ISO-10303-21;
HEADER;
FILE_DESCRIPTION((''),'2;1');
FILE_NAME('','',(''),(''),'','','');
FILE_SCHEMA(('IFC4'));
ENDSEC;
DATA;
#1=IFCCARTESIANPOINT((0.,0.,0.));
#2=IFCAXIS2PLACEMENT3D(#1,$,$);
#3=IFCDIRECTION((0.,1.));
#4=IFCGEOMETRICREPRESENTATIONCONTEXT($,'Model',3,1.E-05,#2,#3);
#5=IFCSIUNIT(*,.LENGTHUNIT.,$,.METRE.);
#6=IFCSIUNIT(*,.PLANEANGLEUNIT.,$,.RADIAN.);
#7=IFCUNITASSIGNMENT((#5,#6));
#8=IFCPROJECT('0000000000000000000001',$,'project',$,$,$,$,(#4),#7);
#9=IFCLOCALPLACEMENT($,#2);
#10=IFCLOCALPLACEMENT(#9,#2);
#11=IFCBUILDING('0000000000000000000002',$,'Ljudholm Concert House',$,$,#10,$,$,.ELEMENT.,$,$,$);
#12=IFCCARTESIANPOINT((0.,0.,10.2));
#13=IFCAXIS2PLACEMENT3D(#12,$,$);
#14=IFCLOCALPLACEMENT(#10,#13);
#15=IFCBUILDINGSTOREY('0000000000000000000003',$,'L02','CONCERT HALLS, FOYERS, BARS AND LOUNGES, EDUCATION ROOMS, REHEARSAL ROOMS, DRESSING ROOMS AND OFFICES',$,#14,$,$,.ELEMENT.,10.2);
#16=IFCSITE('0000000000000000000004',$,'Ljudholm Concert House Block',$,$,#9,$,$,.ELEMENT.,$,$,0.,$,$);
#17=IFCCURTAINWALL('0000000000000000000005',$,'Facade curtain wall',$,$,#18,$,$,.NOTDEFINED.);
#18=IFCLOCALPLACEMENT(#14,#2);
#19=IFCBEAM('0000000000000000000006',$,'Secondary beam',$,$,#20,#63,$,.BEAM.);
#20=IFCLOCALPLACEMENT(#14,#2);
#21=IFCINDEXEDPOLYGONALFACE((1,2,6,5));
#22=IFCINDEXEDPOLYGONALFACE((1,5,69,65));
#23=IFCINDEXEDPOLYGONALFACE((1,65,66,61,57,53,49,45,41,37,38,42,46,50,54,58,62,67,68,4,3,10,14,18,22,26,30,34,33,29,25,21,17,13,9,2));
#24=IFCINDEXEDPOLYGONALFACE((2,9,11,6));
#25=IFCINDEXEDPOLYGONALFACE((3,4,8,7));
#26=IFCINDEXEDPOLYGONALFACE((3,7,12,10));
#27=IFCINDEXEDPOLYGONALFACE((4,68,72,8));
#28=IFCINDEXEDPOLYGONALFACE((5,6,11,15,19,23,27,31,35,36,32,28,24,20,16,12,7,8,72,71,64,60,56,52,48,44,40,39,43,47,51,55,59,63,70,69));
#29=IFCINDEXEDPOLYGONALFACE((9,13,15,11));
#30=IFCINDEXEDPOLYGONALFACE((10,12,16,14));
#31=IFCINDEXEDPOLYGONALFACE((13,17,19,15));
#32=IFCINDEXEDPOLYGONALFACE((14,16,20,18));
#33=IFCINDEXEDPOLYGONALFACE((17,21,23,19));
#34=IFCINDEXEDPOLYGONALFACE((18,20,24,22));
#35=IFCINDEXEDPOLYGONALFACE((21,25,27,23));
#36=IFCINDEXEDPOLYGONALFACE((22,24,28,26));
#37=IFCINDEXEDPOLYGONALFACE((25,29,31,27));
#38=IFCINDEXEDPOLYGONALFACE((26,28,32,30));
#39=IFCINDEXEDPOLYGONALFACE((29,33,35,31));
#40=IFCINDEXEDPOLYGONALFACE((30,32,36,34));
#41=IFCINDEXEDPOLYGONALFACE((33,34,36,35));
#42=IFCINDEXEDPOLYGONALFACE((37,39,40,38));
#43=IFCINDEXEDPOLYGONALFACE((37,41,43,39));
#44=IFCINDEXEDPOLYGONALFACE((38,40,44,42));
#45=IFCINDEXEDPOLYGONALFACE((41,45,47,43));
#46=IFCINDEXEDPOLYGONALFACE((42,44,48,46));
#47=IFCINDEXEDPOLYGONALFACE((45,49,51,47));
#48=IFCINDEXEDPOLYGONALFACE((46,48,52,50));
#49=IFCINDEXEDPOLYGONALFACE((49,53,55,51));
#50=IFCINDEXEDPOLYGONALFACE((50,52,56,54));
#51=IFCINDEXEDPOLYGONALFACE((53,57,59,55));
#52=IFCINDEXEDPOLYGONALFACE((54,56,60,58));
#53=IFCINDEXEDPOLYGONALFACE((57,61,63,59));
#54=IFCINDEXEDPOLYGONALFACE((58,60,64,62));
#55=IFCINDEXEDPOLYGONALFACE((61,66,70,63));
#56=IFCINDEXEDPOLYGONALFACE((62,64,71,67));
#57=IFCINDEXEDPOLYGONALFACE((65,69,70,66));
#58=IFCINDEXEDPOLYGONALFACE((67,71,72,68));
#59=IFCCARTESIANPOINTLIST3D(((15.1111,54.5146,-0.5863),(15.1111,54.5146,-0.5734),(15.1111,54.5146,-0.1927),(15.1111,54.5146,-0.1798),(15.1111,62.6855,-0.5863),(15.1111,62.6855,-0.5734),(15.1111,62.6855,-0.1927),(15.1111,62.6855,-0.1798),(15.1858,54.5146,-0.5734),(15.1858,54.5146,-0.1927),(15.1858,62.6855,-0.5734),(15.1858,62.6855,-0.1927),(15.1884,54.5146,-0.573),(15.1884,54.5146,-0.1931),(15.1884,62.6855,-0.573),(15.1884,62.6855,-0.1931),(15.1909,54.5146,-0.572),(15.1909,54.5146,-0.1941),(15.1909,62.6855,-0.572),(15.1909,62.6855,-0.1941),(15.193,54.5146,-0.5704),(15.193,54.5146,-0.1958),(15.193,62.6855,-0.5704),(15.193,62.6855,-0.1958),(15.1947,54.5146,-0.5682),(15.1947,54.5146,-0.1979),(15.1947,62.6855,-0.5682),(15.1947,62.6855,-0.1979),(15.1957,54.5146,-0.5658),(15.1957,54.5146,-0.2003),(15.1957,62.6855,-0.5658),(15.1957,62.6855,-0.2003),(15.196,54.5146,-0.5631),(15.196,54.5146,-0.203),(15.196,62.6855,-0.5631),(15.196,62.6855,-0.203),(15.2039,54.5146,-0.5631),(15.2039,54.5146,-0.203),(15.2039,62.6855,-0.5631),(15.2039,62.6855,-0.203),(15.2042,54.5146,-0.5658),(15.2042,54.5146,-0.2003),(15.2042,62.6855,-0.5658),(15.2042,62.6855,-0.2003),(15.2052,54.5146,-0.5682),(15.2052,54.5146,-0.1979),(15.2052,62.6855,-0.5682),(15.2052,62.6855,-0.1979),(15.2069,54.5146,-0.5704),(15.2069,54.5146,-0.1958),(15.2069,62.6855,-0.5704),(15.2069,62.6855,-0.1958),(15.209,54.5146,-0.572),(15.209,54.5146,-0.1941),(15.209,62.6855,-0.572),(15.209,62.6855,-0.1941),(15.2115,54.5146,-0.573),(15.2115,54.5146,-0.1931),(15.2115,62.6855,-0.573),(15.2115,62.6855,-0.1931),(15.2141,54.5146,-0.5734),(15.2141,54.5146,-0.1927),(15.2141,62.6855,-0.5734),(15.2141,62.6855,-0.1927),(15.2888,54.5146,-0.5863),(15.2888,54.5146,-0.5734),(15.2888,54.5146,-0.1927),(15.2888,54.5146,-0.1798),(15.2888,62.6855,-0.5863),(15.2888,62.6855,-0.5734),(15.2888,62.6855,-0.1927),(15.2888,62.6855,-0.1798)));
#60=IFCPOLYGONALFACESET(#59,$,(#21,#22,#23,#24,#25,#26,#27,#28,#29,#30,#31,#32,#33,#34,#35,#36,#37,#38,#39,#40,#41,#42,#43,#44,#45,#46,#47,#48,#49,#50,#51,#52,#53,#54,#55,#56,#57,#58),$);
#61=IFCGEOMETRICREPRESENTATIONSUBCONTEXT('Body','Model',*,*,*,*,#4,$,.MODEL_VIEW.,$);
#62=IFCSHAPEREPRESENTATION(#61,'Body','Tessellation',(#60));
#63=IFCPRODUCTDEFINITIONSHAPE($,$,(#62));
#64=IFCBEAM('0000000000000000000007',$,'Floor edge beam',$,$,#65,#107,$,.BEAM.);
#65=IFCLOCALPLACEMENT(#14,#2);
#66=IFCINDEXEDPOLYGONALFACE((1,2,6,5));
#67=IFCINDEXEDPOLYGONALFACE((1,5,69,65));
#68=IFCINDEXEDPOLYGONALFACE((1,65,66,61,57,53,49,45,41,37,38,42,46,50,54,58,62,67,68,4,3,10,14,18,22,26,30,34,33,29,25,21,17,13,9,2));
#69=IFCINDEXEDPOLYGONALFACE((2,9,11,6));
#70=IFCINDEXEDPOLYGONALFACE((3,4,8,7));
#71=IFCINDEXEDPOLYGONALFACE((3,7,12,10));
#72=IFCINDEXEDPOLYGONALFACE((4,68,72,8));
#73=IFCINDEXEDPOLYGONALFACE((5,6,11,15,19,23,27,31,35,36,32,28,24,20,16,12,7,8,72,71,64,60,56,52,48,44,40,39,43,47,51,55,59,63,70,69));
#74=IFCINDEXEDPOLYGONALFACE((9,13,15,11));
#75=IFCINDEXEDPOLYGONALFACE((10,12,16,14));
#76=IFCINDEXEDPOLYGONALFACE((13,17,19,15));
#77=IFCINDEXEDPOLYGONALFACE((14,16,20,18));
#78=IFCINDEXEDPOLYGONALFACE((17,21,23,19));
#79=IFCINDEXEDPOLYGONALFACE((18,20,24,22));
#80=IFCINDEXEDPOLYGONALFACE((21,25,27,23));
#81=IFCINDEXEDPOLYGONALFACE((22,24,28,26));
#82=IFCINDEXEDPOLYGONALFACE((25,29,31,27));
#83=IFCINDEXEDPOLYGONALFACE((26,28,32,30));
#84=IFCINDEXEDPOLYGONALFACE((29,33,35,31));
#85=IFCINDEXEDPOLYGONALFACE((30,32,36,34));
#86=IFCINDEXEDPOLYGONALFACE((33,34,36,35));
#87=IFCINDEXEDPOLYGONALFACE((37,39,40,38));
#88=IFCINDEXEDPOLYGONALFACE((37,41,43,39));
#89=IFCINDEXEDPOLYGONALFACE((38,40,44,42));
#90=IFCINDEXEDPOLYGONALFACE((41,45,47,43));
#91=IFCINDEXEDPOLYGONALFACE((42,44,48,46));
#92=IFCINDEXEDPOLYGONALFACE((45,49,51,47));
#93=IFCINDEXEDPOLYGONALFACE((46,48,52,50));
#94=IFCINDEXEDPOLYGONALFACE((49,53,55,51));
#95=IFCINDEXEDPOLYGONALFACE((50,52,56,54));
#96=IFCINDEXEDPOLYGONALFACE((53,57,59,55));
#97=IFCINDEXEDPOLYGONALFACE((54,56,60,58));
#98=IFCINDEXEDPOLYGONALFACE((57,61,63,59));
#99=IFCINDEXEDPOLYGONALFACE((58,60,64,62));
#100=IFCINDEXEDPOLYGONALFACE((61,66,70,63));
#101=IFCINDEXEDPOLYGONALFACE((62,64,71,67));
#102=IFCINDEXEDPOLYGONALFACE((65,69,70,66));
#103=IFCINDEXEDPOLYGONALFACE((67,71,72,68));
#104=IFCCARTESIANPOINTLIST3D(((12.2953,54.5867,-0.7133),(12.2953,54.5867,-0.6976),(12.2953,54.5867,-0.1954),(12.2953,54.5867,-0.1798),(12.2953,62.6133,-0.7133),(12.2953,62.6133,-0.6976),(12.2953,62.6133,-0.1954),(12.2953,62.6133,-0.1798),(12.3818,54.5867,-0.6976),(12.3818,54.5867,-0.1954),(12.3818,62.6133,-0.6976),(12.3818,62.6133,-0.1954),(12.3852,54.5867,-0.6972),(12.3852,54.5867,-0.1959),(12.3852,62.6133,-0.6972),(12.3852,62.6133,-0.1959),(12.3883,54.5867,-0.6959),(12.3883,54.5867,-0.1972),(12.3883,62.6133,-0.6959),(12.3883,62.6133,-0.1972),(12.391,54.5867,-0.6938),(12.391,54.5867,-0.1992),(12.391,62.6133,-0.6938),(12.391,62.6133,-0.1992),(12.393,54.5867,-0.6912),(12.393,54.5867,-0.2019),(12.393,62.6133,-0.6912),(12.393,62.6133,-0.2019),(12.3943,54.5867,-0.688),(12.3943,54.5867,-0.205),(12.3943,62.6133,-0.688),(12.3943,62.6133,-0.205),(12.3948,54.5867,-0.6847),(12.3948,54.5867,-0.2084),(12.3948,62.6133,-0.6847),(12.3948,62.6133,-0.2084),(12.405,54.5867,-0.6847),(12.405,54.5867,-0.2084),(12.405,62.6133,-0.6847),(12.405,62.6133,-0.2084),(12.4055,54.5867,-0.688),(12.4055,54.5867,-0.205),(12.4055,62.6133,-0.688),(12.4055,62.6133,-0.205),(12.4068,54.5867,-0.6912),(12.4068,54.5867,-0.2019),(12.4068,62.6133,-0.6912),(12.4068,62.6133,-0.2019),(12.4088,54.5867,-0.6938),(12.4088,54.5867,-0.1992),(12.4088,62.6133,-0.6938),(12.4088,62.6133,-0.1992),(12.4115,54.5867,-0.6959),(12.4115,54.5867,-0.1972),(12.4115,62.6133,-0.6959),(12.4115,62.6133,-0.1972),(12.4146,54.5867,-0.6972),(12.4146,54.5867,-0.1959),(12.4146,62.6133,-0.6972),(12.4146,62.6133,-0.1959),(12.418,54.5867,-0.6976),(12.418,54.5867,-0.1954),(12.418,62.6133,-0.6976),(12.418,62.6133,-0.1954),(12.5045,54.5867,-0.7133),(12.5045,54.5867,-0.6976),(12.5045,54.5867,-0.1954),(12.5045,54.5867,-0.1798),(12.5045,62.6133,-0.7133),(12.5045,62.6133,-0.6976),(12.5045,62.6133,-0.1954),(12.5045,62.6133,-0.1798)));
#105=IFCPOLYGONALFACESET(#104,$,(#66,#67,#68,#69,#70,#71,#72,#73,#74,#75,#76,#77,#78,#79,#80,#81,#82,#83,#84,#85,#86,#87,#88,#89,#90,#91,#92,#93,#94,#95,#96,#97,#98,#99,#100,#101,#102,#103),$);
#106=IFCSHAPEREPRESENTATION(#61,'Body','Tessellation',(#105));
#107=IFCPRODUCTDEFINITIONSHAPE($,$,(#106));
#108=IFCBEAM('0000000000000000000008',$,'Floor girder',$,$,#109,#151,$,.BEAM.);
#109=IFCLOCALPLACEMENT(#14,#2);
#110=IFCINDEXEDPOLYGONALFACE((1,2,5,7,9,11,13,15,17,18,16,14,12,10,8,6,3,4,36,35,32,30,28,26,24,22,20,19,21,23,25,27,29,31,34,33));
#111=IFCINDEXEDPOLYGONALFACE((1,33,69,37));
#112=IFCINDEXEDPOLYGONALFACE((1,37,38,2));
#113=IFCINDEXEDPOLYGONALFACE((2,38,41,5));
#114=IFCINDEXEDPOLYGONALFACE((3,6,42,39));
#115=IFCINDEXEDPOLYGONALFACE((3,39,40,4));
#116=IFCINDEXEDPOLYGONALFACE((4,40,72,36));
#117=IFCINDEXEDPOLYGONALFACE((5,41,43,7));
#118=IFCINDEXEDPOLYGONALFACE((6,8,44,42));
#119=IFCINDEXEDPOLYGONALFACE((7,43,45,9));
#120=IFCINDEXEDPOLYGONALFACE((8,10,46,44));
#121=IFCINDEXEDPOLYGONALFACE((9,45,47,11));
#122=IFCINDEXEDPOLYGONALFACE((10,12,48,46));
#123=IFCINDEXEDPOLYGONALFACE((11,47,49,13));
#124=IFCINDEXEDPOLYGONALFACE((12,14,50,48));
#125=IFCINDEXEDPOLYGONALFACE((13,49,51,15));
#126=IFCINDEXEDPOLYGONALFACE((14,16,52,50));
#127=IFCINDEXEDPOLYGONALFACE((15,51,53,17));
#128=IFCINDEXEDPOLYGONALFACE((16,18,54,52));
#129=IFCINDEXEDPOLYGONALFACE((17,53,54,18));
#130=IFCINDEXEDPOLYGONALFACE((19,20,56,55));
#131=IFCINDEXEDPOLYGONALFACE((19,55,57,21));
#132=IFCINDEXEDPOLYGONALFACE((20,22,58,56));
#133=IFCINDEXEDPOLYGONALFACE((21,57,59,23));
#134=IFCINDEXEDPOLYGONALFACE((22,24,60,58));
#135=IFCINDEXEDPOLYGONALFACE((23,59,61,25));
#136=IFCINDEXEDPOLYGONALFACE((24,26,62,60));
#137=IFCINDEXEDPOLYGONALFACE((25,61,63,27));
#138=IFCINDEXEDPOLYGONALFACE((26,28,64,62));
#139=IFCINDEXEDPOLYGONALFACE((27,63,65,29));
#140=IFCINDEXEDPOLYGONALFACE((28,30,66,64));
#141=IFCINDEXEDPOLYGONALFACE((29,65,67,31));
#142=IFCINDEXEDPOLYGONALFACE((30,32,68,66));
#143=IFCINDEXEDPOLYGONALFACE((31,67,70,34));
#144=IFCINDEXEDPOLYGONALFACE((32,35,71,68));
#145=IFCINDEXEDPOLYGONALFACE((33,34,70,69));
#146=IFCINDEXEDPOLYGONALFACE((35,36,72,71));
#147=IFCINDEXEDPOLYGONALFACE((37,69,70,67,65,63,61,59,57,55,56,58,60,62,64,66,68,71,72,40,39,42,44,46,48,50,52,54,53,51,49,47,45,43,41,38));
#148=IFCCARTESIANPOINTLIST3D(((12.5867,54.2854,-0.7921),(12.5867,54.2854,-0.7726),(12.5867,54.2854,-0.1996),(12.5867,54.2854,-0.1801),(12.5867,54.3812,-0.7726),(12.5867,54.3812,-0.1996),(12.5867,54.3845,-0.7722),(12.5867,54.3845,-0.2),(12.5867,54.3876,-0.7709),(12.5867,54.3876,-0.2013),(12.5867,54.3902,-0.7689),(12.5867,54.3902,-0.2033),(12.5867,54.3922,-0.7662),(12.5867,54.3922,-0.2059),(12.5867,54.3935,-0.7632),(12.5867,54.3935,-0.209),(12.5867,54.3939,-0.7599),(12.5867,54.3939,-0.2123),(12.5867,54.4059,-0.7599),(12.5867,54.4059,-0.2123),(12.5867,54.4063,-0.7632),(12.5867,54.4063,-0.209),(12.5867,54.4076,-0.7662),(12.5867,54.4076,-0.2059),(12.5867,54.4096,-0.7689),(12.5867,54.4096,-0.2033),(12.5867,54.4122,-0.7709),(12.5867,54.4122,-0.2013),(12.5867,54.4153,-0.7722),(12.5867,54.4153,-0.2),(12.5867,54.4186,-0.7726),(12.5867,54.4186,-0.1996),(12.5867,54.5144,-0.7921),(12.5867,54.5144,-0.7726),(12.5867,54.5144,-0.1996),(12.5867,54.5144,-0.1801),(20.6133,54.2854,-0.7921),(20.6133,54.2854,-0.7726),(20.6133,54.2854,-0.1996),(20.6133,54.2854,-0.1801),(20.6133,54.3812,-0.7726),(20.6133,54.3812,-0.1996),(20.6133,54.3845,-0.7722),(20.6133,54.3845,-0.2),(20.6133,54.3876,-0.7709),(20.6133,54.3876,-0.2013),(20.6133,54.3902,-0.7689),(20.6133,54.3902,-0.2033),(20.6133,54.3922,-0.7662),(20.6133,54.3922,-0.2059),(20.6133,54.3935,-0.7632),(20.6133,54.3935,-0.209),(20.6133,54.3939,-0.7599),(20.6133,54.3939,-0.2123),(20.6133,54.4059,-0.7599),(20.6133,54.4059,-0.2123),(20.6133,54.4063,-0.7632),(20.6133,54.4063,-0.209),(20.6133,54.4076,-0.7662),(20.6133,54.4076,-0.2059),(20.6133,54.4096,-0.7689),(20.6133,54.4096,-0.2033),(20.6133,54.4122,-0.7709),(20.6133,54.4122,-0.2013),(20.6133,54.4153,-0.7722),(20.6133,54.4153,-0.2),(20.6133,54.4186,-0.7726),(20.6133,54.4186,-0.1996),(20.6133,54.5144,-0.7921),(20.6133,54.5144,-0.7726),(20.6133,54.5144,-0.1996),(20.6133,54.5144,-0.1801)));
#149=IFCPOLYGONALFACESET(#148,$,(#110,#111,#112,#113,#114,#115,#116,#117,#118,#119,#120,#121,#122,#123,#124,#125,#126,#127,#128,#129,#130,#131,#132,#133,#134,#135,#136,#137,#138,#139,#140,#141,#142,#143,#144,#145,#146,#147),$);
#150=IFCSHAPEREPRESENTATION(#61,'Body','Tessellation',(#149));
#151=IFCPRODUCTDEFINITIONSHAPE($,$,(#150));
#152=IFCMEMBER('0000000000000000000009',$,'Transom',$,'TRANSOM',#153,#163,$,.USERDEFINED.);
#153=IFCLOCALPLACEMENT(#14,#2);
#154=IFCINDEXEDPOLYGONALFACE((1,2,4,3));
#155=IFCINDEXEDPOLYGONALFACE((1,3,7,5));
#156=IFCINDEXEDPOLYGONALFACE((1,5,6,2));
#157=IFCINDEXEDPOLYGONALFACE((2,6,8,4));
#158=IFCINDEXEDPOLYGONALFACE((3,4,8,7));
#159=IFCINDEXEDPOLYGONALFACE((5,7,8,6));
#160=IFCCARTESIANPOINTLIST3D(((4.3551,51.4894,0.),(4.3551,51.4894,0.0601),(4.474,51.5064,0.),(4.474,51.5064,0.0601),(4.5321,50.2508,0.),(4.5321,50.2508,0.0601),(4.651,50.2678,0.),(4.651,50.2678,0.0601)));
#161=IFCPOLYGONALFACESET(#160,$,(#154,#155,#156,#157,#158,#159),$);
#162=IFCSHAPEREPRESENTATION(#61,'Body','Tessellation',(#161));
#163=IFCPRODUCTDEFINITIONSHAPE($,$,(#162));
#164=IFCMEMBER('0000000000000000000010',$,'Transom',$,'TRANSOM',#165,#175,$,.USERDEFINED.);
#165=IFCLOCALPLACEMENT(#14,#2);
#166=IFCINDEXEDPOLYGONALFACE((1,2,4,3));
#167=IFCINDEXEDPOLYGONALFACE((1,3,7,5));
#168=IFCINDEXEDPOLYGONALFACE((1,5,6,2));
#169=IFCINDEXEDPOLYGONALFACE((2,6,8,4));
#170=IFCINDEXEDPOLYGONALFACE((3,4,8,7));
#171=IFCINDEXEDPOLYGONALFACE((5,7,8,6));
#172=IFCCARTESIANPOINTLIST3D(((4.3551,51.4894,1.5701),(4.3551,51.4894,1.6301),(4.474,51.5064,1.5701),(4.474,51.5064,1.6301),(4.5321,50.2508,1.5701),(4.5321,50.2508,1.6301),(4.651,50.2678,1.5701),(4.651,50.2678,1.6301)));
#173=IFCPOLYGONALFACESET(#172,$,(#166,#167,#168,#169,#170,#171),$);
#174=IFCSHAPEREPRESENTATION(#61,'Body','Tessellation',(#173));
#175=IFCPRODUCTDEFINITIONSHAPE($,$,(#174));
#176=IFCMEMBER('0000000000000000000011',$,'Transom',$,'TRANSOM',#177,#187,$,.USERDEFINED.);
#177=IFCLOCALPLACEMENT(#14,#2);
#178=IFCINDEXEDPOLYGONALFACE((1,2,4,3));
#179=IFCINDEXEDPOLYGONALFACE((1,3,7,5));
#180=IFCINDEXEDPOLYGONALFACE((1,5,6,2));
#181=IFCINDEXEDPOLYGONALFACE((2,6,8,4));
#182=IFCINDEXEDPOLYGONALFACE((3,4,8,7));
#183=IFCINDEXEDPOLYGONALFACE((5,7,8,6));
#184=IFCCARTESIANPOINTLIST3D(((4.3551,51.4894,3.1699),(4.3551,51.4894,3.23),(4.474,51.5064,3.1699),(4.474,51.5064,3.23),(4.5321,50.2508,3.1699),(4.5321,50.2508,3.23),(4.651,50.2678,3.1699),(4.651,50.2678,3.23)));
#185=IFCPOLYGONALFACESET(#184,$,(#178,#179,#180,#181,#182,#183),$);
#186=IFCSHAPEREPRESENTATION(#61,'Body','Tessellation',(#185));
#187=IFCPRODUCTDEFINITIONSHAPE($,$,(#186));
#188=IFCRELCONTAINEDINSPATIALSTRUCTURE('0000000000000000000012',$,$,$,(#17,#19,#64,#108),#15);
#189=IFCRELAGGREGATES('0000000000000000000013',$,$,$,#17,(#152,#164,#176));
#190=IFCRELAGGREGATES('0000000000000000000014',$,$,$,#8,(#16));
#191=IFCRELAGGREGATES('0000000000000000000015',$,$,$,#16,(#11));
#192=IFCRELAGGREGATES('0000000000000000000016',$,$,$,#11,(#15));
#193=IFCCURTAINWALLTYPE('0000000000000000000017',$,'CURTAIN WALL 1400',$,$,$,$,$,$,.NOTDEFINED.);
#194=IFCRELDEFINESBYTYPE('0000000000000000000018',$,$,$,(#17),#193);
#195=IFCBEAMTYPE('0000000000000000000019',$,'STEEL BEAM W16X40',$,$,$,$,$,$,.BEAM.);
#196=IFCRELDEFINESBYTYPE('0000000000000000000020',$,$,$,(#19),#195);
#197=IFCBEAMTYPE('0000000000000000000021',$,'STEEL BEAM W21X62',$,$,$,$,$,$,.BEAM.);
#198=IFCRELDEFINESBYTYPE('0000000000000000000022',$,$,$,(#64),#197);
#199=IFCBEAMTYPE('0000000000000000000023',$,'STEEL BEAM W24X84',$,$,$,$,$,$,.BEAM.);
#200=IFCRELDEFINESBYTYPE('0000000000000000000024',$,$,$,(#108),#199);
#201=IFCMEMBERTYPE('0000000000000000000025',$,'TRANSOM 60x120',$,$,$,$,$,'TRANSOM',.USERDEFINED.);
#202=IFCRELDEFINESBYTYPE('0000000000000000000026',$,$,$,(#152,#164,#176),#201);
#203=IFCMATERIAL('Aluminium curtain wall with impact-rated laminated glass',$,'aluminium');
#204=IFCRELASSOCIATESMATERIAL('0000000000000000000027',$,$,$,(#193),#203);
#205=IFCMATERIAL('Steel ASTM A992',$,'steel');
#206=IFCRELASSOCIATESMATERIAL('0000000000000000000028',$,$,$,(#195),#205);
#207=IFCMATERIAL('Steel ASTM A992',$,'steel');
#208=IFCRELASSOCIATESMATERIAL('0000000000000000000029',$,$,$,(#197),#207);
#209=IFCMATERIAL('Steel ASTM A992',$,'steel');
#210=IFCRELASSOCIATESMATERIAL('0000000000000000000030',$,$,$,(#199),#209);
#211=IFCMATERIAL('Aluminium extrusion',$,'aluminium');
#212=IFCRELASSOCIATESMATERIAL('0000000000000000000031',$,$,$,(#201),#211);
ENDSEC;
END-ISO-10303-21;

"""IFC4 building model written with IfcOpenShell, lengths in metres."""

from ifc_helpers import new_model, si_unit, direction, frame, origin, origin_2d, place, context, subcontext, project, spatial, rectangle, i_section, extrude, material, material_profile, profile_set, type_object, element, aggregate, save


model = new_model("IFC4")

# Units and contexts
model_context = context("Model", 3, precision=1e-05, world=origin(), true_north=direction((0.0, 1.0)))
body_context = subcontext(model_context, "Body", "Model", "MODEL_VIEW")
ifc_project = project(units=[si_unit("LENGTHUNIT", "METRE"), si_unit("PLANEANGLEUNIT", "RADIAN")], contexts=[model_context])

# Site, building, storey
site_placement = place(None, origin())
site = spatial("IfcSite", under=ifc_project, at=site_placement, Name="Ljudholm Concert House Block", CompositionType="ELEMENT", RefElevation=0.0)
building_placement = place(site_placement, origin())
building = spatial("IfcBuilding", under=site, at=building_placement, Name="Ljudholm Concert House", CompositionType="ELEMENT")
storey_placement = place(building_placement, frame((0.0, 0.0, 10.2)))
storey = spatial("IfcBuildingStorey", under=building, at=storey_placement, Name="L02", Description="CONCERT HALLS, FOYERS, BARS AND LOUNGES, EDUCATION ROOMS, REHEARSAL ROOMS, DRESSING ROOMS AND OFFICES", CompositionType="ELEMENT", Elevation=10.2)

# Shared definitions
ifc_material_1 = material(Name="Aluminium curtain wall with impact-rated laminated glass", Category="aluminium")
curtain_wall_type = type_object("IfcCurtainWallType", Name="CURTAIN WALL 1400", PredefinedType="NOTDEFINED", material=ifc_material_1)

# Curtain wall
curtain_wall_1_placement = place(storey_placement, origin())
curtain_wall_1 = element("IfcCurtainWall", 1, at=curtain_wall_1_placement, inside=storey, type_object=curtain_wall_type, Name="Facade curtain wall", PredefinedType="NOTDEFINED")

# Beams
ifc_material_2 = material(Name="Steel ASTM A992", Category="steel")
ifc_material_profile_1 = material_profile(ifc_material_2, i_section(OverallWidth=0.1777, OverallDepth=0.4065, WebThickness=0.0078, FlangeThickness=0.0129, FilletRadius=0.0103, at=origin_2d()), Name="W16X40")
ifc_profile_set_1 = profile_set([ifc_material_profile_1], Name="Steel ASTM A992")
beam_type_1 = type_object("IfcBeamType", Name="STEEL BEAM W16X40", PredefinedType="BEAM", material=ifc_profile_set_1)
for number, where, z_axis, x_axis, name in (
    (2, (15.2, 54.5146, -0.3831), (0.0, 1.0, 0.0), (-1.0, 0.0, 0.0), "Secondary beam"),
):
    element("IfcBeam", number, at=place(storey_placement, frame(where, z_axis=z_axis, x_axis=x_axis)), inside=storey, type_object=beam_type_1, Name=name, PredefinedType="BEAM", context=body_context, shape_type="SweptSolid", body=[
        extrude(i_section(OverallWidth=0.1777, OverallDepth=0.4065, WebThickness=0.0078, FlangeThickness=0.0129, FilletRadius=0.0103, at=origin_2d()), origin(), (0.0, 0.0, 1.0), 8.1709),
    ])
ifc_material_3 = material(Name="Steel ASTM A992", Category="steel")
ifc_material_profile_2 = material_profile(ifc_material_3, i_section(OverallWidth=0.2092, OverallDepth=0.5334, WebThickness=0.0103, FlangeThickness=0.0156, FilletRadius=0.0129, at=origin_2d()), Name="W21X62")
ifc_profile_set_2 = profile_set([ifc_material_profile_2], Name="Steel ASTM A992")
beam_type_2 = type_object("IfcBeamType", Name="STEEL BEAM W21X62", PredefinedType="BEAM", material=ifc_profile_set_2)
beam_1_placement = place(storey_placement, frame((12.3999, 54.5867, -0.4465), z_axis=(0.0, 1.0, 0.0), x_axis=(-1.0, 0.0, 0.0)))
element("IfcBeam", 3, at=beam_1_placement, inside=storey, type_object=beam_type_2, Name="Floor edge beam", PredefinedType="BEAM", context=body_context, shape_type="SweptSolid", body=[
    extrude(i_section(OverallWidth=0.2092, OverallDepth=0.5334, WebThickness=0.0103, FlangeThickness=0.0156, FilletRadius=0.0129, at=origin_2d()), origin(), (0.0, 0.0, 1.0), 8.0266),
])
ifc_material_4 = material(Name="Steel ASTM A992", Category="steel")
ifc_material_profile_3 = material_profile(ifc_material_4, i_section(OverallWidth=0.229, OverallDepth=0.6121, WebThickness=0.012, FlangeThickness=0.0195, FilletRadius=0.0127, at=origin_2d()), Name="W24X84")
ifc_profile_set_3 = profile_set([ifc_material_profile_3], Name="Steel ASTM A992")
beam_type_3 = type_object("IfcBeamType", Name="STEEL BEAM W24X84", PredefinedType="BEAM", material=ifc_profile_set_3)
beam_2_placement = place(storey_placement, frame((12.5867, 54.3999, -0.4861), z_axis=(1.0, 0.0, 0.0), x_axis=(0.0, 1.0, 0.0)))
element("IfcBeam", 4, at=beam_2_placement, inside=storey, type_object=beam_type_3, Name="Floor girder", PredefinedType="BEAM", context=body_context, shape_type="SweptSolid", body=[
    extrude(i_section(OverallWidth=0.229, OverallDepth=0.6121, WebThickness=0.012, FlangeThickness=0.0195, FilletRadius=0.0127, at=origin_2d()), origin(), (0.0, 0.0, 1.0), 8.0266),
])

# Members
ifc_material_5 = material(Name="Aluminium extrusion", Category="aluminium")
ifc_material_profile_4 = material_profile(ifc_material_5, rectangle(XDim=0.1201, YDim=0.0601, at=origin_2d()), Name="TRANSOM 60x120")
ifc_profile_set_4 = profile_set([ifc_material_profile_4], Name="Aluminium extrusion")
member_type_1 = type_object("IfcMemberType", Name="TRANSOM 60x120", ElementType="TRANSOM", PredefinedType="USERDEFINED", material=ifc_profile_set_4)
member_1_placement = place(storey_placement, frame((4.5916, 50.2593, 0.03), z_axis=(-0.141476, 0.989942, 0.0), x_axis=(-0.989942, -0.141476, 0.0)))
member_1 = element("IfcMember", 5, at=member_1_placement, type_object=member_type_1, Name="Transom", ObjectType="TRANSOM", PredefinedType="USERDEFINED", context=body_context, shape_type="SweptSolid", body=[
    extrude(rectangle(XDim=0.1201, YDim=0.0601, at=origin_2d()), origin(), (0.0, 0.0, 1.0), 1.2512),
])
member_2_placement = place(storey_placement, frame((4.5916, 50.2593, 1.6001), z_axis=(-0.141476, 0.989942, 0.0), x_axis=(-0.989942, -0.141476, 0.0)))
member_2 = element("IfcMember", 6, at=member_2_placement, type_object=member_type_1, Name="Transom", ObjectType="TRANSOM", PredefinedType="USERDEFINED", context=body_context, shape_type="SweptSolid", body=[
    extrude(rectangle(XDim=0.1201, YDim=0.0601, at=origin_2d()), origin(), (0.0, 0.0, 1.0), 1.2512),
])
member_3_placement = place(storey_placement, frame((4.5916, 50.2593, 3.2), z_axis=(-0.141476, 0.989942, 0.0), x_axis=(-0.989942, -0.141476, 0.0)))
member_3 = element("IfcMember", 7, at=member_3_placement, type_object=member_type_1, Name="Transom", ObjectType="TRANSOM", PredefinedType="USERDEFINED", context=body_context, shape_type="SweptSolid", body=[
    extrude(rectangle(XDim=0.1201, YDim=0.0601, at=origin_2d()), origin(), (0.0, 0.0, 1.0), 1.2512),
])

aggregate(curtain_wall_1, [member_1, member_2, member_3])

save(model, "model.ifc")
